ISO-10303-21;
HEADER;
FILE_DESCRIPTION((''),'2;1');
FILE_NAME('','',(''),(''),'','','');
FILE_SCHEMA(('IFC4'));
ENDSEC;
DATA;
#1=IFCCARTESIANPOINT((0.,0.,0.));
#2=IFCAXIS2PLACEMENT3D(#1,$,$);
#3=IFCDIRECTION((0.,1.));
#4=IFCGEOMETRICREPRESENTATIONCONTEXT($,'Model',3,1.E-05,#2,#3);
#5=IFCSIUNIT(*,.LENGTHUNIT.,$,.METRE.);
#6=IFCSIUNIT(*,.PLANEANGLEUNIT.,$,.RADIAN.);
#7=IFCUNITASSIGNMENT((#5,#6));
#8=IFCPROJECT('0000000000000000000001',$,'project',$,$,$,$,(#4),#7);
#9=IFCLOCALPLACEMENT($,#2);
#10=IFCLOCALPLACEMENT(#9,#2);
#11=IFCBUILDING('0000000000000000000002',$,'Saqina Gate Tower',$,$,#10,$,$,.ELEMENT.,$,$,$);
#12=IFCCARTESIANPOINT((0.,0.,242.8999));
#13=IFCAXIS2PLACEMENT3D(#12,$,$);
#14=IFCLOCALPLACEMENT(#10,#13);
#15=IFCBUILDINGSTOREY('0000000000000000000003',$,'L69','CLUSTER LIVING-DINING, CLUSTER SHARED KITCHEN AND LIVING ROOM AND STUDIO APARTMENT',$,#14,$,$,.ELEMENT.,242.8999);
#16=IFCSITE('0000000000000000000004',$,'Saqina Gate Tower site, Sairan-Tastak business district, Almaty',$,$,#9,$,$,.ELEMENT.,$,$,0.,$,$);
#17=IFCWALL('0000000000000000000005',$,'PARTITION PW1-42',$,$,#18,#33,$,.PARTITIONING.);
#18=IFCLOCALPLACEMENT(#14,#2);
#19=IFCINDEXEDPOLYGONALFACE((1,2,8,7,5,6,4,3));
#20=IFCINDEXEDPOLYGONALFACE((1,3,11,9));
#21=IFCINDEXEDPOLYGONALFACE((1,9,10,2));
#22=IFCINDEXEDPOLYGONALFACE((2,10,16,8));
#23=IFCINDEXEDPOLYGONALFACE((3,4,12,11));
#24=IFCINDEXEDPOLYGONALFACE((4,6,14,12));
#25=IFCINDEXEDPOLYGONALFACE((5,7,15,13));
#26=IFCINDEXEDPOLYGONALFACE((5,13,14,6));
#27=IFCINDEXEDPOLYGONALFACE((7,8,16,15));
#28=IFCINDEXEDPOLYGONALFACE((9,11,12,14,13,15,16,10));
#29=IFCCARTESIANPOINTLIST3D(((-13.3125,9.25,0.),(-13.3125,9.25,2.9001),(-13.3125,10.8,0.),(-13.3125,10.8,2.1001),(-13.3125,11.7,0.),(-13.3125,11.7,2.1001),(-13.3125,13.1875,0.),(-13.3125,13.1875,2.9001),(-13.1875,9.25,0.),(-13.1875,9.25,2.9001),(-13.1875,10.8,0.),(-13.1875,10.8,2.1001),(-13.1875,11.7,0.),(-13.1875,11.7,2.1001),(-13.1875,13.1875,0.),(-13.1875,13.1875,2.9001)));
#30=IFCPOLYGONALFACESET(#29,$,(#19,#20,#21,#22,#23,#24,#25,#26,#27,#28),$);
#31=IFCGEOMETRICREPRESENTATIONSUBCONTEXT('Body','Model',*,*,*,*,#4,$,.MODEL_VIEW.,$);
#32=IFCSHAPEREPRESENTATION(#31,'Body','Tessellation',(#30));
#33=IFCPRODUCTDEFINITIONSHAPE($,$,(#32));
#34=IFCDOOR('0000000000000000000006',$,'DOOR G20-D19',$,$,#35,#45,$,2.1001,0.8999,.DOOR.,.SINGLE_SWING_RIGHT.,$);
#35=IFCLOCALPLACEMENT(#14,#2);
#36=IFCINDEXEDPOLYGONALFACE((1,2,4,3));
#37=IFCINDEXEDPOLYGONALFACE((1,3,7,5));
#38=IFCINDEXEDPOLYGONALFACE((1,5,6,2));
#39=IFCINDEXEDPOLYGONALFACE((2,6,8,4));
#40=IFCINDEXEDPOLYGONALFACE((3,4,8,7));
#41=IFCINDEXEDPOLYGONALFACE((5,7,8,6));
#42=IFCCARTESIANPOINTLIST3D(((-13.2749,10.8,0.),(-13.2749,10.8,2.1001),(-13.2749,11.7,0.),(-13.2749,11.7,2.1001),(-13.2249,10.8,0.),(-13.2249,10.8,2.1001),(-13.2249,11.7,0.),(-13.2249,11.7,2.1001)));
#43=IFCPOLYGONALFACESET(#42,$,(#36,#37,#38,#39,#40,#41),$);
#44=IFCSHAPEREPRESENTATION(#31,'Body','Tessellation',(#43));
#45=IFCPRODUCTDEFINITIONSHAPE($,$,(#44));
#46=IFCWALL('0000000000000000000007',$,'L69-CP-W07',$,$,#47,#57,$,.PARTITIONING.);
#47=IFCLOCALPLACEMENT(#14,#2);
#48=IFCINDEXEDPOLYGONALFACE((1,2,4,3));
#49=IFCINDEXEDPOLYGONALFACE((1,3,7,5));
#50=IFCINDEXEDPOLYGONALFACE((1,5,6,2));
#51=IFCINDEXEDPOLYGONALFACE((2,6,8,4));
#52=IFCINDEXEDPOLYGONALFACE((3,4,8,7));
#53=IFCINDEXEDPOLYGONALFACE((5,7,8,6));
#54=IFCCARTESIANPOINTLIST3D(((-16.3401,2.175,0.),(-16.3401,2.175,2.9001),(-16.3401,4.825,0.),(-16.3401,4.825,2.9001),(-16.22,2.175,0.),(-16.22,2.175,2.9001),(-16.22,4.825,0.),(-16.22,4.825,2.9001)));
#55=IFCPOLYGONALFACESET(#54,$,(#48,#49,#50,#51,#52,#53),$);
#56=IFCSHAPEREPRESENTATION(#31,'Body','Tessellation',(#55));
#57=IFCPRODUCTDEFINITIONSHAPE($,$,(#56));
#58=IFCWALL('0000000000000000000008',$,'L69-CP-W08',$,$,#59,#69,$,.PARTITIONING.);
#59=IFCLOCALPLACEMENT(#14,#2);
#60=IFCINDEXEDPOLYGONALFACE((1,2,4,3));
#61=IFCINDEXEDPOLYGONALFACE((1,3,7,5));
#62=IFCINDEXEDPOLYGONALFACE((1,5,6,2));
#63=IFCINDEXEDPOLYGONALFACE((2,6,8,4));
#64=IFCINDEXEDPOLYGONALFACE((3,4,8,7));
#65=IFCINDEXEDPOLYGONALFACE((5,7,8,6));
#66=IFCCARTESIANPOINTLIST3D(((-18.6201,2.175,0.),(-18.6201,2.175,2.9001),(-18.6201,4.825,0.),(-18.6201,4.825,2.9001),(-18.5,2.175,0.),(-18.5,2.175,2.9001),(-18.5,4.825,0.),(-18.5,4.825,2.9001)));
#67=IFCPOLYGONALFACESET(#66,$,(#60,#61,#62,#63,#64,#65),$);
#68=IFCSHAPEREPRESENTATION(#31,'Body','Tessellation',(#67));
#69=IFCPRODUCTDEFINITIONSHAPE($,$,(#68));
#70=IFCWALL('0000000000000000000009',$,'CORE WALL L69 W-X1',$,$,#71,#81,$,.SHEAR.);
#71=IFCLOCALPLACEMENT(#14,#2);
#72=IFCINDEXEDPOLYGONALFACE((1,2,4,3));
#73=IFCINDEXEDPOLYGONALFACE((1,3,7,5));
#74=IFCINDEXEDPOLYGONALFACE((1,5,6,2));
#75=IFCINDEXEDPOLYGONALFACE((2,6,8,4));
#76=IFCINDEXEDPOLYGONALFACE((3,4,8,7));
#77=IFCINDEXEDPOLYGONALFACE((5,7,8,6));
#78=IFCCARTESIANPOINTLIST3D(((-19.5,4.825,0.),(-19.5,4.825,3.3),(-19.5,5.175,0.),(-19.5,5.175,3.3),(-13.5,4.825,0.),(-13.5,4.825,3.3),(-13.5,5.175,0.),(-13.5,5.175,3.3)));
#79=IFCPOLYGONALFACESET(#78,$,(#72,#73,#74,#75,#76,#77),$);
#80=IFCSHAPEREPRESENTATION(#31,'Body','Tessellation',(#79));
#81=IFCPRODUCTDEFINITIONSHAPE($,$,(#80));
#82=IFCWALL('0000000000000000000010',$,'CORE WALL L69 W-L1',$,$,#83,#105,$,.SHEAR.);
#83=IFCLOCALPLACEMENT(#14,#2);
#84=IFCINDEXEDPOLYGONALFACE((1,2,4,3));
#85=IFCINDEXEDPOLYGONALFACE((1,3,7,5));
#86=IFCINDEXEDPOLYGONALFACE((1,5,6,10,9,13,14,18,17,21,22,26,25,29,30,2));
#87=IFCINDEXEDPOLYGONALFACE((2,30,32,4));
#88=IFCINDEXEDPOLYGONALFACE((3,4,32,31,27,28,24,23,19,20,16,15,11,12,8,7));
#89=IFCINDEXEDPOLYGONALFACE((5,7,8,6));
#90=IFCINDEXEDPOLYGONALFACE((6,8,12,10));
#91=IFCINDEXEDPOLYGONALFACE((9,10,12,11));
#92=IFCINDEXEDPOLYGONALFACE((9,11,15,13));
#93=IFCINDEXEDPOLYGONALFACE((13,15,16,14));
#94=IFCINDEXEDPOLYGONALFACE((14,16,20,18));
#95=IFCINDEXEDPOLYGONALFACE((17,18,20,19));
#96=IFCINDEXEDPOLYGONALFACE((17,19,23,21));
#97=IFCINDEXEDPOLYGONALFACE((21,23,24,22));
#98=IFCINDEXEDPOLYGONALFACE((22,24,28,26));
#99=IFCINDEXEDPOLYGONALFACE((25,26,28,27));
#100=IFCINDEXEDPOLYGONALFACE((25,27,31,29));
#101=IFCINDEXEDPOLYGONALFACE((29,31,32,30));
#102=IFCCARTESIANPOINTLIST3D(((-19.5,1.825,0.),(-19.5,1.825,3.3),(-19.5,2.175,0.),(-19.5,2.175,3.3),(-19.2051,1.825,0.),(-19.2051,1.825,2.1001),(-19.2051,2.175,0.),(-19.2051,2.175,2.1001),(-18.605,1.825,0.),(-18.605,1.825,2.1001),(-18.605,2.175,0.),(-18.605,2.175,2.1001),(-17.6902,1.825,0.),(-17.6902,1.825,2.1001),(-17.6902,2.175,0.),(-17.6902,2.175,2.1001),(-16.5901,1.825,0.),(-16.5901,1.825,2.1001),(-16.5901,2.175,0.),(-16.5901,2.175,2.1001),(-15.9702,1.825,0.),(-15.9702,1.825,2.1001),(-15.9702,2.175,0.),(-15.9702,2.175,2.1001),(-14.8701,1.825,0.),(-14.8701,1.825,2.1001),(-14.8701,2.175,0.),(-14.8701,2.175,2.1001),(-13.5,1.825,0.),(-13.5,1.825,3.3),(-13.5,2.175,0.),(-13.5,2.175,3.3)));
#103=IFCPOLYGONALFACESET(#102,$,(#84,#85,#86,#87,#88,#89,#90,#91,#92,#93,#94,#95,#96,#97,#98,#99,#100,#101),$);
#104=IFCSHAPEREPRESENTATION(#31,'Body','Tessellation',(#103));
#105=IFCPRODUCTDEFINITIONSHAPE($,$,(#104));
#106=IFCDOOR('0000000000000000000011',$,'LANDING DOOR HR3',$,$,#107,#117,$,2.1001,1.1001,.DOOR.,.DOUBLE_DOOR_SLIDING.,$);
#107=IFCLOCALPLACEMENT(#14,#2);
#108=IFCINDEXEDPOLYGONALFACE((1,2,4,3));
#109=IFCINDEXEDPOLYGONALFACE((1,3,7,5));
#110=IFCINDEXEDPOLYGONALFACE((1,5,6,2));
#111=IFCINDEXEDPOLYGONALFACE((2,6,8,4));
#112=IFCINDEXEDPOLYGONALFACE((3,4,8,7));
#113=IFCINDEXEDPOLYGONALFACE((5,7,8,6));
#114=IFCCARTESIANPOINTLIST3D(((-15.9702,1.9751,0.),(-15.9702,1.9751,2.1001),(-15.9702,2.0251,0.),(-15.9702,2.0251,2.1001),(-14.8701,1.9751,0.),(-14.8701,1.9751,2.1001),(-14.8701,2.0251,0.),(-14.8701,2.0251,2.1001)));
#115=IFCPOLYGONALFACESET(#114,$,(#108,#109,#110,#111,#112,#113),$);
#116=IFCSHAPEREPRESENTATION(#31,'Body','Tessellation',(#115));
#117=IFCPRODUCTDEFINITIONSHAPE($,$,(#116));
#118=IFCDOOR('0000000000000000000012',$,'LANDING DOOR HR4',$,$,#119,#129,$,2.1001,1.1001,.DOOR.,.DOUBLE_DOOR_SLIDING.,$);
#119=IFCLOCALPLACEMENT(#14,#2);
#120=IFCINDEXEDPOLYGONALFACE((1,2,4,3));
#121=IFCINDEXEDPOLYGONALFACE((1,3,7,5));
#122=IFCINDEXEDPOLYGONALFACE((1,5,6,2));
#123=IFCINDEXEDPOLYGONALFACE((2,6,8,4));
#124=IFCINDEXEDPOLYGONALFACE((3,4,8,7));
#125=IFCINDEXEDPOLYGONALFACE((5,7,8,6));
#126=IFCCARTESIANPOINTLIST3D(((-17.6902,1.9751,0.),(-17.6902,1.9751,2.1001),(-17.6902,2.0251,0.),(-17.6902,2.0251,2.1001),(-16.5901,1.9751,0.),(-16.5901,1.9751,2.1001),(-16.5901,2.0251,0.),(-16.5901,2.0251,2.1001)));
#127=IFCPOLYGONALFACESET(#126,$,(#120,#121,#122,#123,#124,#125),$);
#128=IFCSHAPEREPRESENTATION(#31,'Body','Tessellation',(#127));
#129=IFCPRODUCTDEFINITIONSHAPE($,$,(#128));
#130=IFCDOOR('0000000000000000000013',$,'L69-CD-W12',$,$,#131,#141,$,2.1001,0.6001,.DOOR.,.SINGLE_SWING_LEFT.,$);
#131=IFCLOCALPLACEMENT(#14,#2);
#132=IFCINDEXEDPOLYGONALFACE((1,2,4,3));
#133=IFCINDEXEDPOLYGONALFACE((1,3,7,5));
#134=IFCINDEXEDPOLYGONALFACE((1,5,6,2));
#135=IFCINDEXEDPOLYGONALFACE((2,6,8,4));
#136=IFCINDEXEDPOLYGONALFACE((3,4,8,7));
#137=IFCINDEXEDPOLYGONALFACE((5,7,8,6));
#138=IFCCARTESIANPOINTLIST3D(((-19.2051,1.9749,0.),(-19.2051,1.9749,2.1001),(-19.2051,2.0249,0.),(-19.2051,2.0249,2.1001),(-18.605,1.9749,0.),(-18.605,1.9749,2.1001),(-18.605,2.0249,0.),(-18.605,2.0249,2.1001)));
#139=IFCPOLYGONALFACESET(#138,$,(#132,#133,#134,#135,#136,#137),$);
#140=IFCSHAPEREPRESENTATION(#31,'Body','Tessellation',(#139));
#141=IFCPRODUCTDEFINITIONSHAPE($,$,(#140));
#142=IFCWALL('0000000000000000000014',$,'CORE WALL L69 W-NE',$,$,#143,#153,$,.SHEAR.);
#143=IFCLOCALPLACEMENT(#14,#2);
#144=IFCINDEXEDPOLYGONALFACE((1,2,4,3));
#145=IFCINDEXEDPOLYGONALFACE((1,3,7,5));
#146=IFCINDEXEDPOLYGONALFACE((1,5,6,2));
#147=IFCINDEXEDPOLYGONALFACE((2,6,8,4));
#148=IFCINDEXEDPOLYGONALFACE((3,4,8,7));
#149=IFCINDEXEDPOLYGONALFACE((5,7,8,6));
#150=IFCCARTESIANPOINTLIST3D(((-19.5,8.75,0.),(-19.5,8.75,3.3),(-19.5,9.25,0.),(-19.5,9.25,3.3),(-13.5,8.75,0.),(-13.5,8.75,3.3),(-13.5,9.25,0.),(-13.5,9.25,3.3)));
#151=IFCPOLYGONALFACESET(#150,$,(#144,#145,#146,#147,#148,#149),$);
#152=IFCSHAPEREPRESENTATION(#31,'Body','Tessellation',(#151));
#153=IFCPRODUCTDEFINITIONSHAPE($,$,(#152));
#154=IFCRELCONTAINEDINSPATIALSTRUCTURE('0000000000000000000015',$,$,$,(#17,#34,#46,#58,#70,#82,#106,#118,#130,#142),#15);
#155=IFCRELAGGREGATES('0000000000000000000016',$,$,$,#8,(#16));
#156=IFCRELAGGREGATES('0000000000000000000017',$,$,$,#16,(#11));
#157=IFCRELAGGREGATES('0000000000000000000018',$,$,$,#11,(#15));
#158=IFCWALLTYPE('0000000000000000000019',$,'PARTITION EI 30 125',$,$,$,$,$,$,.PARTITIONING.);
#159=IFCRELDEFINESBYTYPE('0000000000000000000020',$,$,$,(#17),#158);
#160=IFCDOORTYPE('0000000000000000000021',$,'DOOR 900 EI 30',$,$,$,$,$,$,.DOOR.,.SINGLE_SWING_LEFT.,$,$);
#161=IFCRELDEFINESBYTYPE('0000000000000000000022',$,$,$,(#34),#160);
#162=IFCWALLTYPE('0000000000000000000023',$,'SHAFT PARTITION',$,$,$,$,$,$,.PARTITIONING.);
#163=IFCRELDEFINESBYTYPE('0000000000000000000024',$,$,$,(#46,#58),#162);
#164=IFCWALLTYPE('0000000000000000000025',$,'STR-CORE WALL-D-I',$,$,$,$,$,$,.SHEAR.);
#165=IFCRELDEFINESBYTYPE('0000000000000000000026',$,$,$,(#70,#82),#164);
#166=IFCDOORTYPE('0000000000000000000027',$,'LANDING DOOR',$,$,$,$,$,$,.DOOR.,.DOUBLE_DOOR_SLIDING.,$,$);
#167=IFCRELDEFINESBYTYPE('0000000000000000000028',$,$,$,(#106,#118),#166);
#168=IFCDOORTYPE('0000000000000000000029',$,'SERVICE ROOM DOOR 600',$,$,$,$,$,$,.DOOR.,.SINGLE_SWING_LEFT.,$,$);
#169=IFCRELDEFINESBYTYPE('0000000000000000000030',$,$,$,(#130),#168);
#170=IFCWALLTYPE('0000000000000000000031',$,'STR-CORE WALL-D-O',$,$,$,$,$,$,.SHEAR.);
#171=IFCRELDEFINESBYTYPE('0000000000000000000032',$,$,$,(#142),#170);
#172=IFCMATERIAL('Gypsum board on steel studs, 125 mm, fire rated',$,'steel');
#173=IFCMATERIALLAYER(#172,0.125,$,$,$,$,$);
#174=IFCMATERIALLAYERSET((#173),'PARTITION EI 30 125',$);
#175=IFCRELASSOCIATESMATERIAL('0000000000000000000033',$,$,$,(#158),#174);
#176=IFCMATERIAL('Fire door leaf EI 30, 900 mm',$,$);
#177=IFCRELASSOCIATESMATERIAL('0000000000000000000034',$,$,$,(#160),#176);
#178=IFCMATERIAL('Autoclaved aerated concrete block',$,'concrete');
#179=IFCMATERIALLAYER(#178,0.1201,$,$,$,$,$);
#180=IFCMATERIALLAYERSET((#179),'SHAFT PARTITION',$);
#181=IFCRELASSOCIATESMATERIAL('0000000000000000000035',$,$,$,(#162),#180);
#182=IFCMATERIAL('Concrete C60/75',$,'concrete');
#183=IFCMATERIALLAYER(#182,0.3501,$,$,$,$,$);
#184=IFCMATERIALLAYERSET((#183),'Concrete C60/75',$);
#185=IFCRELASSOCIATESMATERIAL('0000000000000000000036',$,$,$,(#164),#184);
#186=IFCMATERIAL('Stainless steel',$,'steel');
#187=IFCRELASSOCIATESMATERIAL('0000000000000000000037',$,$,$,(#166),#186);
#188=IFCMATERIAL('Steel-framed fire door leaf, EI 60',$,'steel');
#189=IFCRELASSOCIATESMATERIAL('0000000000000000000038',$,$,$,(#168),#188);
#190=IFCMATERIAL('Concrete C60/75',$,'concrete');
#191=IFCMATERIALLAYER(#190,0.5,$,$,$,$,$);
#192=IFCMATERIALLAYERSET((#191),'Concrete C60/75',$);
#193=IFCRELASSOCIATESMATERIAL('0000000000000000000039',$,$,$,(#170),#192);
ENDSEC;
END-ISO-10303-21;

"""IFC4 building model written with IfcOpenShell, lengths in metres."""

from ifc_helpers import new_model, si_unit, direction, frame, frame_2d, origin, place, context, subcontext, project, spatial, rectangle, extrude, material, layer, layer_set, type_object, element, fill, save


model = new_model("IFC4")

# Units and contexts
model_context = context("Model", 3, precision=1e-05, world=origin(), true_north=direction((0.0, 1.0)))
body_context = subcontext(model_context, "Body", "Model", "MODEL_VIEW")
ifc_project = project(units=[si_unit("LENGTHUNIT", "METRE"), si_unit("PLANEANGLEUNIT", "RADIAN")], contexts=[model_context])

# Site, building, storey
site_placement = place(None, origin())
site = spatial("IfcSite", under=ifc_project, at=site_placement, Name="Saqina Gate Tower site, Sairan-Tastak business district, Almaty", CompositionType="ELEMENT", RefElevation=0.0)
building_placement = place(site_placement, origin())
building = spatial("IfcBuilding", under=site, at=building_placement, Name="Saqina Gate Tower", CompositionType="ELEMENT")
storey_placement = place(building_placement, frame((0.0, 0.0, 242.8999)))
storey = spatial("IfcBuildingStorey", under=building, at=storey_placement, Name="L69", Description="CLUSTER LIVING-DINING, CLUSTER SHARED KITCHEN AND LIVING ROOM AND STUDIO APARTMENT", CompositionType="ELEMENT", Elevation=242.8999)

# Wall, opening, door
ifc_material_1 = material(Name="Gypsum board on steel studs, 125 mm, fire rated", Category="steel")
ifc_layer_1 = layer(ifc_material_1, 0.125)
ifc_layer_set_1 = layer_set([ifc_layer_1], Name="PARTITION EI 30 125")
wall_type_1 = type_object("IfcWallType", Name="PARTITION EI 30 125", PredefinedType="PARTITIONING", material=ifc_layer_set_1)
wall_1_placement = place(storey_placement, frame((-13.25, 9.25, 0.0), z_axis=(0.0, 0.0, 1.0), x_axis=(0.0, 1.0, 0.0)))
wall_1 = element("IfcWall", 1, at=wall_1_placement, inside=storey, type_object=wall_type_1, Name="PARTITION PW1-42", PredefinedType="PARTITIONING", context=body_context, shape_type="SweptSolid", body=[
    extrude(rectangle(XDim=3.9375, YDim=0.125, at=frame_2d((1.9688, 0.0))), origin(), (0.0, 0.0, 1.0), 2.9001),
])
opening_1_placement = place(wall_1_placement, frame((1.55, 0.0, 0.0)))
opening_1 = element("IfcOpeningElement", 2, at=opening_1_placement, cuts=wall_1, PredefinedType="OPENING", context=body_context, shape_type="SweptSolid", body=[
    extrude(rectangle(XDim=0.8999, YDim=2.1001, at=frame_2d((0.45, 1.05))), frame((0.0, 0.0745, 0.0), z_axis=(0.0, -1.0, 0.0), x_axis=(1.0, 0.0, 0.0)), (0.0, 0.0, 1.0), 0.1489),
])
ifc_material_2 = material(Name="Fire door leaf EI 30, 900 mm")
door_type_1 = type_object("IfcDoorType", Name="DOOR 900 EI 30", OperationType="SINGLE_SWING_LEFT", PredefinedType="DOOR", material=ifc_material_2)
door_1_placement = place(opening_1_placement, origin())
door_1 = element("IfcDoor", 3, at=door_1_placement, inside=storey, type_object=door_type_1, Name="DOOR G20-D19", OperationType="SINGLE_SWING_RIGHT", OverallHeight=2.1001, OverallWidth=0.8999, PredefinedType="DOOR", context=body_context, shape_type="SweptSolid", body=[
    extrude(rectangle(XDim=0.8999, YDim=2.1001, at=frame_2d((0.45, 1.05))), frame((0.0, 0.0249, 0.0), z_axis=(0.0, -1.0, 0.0), x_axis=(1.0, 0.0, 0.0)), (0.0, 0.0, 1.0), 0.05),
])
fill(opening_1, door_1)

# Walls
ifc_material_3 = material(Name="Autoclaved aerated concrete block", Category="concrete")
ifc_layer_2 = layer(ifc_material_3, 0.1201)
ifc_layer_set_2 = layer_set([ifc_layer_2], Name="SHAFT PARTITION")
wall_type_2 = type_object("IfcWallType", Name="SHAFT PARTITION", PredefinedType="PARTITIONING", material=ifc_layer_set_2)
for number, where, z_axis, x_axis, name in (
    (4, (-16.28, 2.175, 0.0), (0.0, 0.0, 1.0), (0.0, 1.0, 0.0), "L69-CP-W07"),
    (5, (-18.5601, 2.175, 0.0), (0.0, 0.0, 1.0), (0.0, 1.0, 0.0), "L69-CP-W08"),
):
    element("IfcWall", number, at=place(storey_placement, frame(where, z_axis=z_axis, x_axis=x_axis)), inside=storey, type_object=wall_type_2, Name=name, PredefinedType="PARTITIONING", context=body_context, shape_type="SweptSolid", body=[
        extrude(rectangle(XDim=2.6499, YDim=0.1201, at=frame_2d((1.325, 0.0))), origin(), (0.0, 0.0, 1.0), 2.9001),
    ])
ifc_material_4 = material(Name="Concrete C60/75", Category="concrete")
ifc_layer_3 = layer(ifc_material_4, 0.3501)
ifc_layer_set_3 = layer_set([ifc_layer_3], Name="Concrete C60/75")
wall_type_3 = type_object("IfcWallType", Name="STR-CORE WALL-D-I", PredefinedType="SHEAR", material=ifc_layer_set_3)
wall_2_placement = place(storey_placement, frame((-13.5, 5.0, 0.0), z_axis=(0.0, 0.0, 1.0), x_axis=(-1.0, 0.0, 0.0)))
element("IfcWall", 6, at=wall_2_placement, inside=storey, type_object=wall_type_3, Name="CORE WALL L69 W-X1", PredefinedType="SHEAR", context=body_context, shape_type="SweptSolid", body=[
    extrude(rectangle(XDim=6.0, YDim=0.3501, at=frame_2d((3.0, 0.0))), origin(), (0.0, 0.0, 1.0), 3.3),
])

# Wall, openings, doors
wall_3_placement = place(storey_placement, frame((-13.5, 2.0, 0.0), z_axis=(0.0, 0.0, 1.0), x_axis=(-1.0, 0.0, 0.0)))
wall_3 = element("IfcWall", 7, at=wall_3_placement, inside=storey, type_object=wall_type_3, Name="CORE WALL L69 W-L1", PredefinedType="SHEAR", context=body_context, shape_type="SweptSolid", body=[
    extrude(rectangle(XDim=6.0, YDim=0.3501, at=frame_2d((3.0, 0.0))), origin(), (0.0, 0.0, 1.0), 3.3),
])
opening_2_placement = place(wall_3_placement, frame((1.3701, 0.0, 0.0)))
opening_2 = element("IfcOpeningElement", 8, at=opening_2_placement, cuts=wall_3, PredefinedType="OPENING", context=body_context, shape_type="SweptSolid", body=[
    extrude(rectangle(XDim=1.1001, YDim=2.1001, at=frame_2d((0.55, 1.05))), frame((0.0, 0.187, 0.0), z_axis=(0.0, -1.0, 0.0), x_axis=(1.0, 0.0, 0.0)), (0.0, 0.0, 1.0), 0.374),
])
opening_3_placement = place(wall_3_placement, frame((3.0901, 0.0, 0.0)))
opening_3 = element("IfcOpeningElement", 9, at=opening_3_placement, cuts=wall_3, PredefinedType="OPENING", context=body_context, shape_type="SweptSolid", body=[
    extrude(rectangle(XDim=1.1001, YDim=2.1001, at=frame_2d((0.55, 1.05))), frame((0.0, 0.187, 0.0), z_axis=(0.0, -1.0, 0.0), x_axis=(1.0, 0.0, 0.0)), (0.0, 0.0, 1.0), 0.374),
])
opening_4_placement = place(wall_3_placement, frame((5.105, 0.0, 0.0)))
opening_4 = element("IfcOpeningElement", 10, at=opening_4_placement, cuts=wall_3, PredefinedType="OPENING", context=body_context, shape_type="SweptSolid", body=[
    extrude(rectangle(XDim=0.6001, YDim=2.1001, at=frame_2d((0.3, 1.05))), frame((0.0, 0.187, 0.0), z_axis=(0.0, -1.0, 0.0), x_axis=(1.0, 0.0, 0.0)), (0.0, 0.0, 1.0), 0.374),
])
ifc_material_5 = material(Name="Stainless steel", Category="steel")
door_type_2 = type_object("IfcDoorType", Name="LANDING DOOR", OperationType="DOUBLE_DOOR_SLIDING", PredefinedType="DOOR", material=ifc_material_5)
door_2_placement = place(opening_2_placement, origin())
door_2 = element("IfcDoor", 11, at=door_2_placement, inside=storey, type_object=door_type_2, Name="LANDING DOOR HR3", OperationType="DOUBLE_DOOR_SLIDING", OverallHeight=2.1001, OverallWidth=1.1001, PredefinedType="DOOR", context=body_context, shape_type="SweptSolid", body=[
    extrude(rectangle(XDim=1.1001, YDim=2.1001, at=frame_2d((0.55, 1.05))), frame((0.0, 0.0249, 0.0), z_axis=(0.0, -1.0, 0.0), x_axis=(1.0, 0.0, 0.0)), (0.0, 0.0, 1.0), 0.05),
])
fill(opening_2, door_2)
door_3_placement = place(opening_3_placement, origin())
door_3 = element("IfcDoor", 12, at=door_3_placement, inside=storey, type_object=door_type_2, Name="LANDING DOOR HR4", OperationType="DOUBLE_DOOR_SLIDING", OverallHeight=2.1001, OverallWidth=1.1001, PredefinedType="DOOR", context=body_context, shape_type="SweptSolid", body=[
    extrude(rectangle(XDim=1.1001, YDim=2.1001, at=frame_2d((0.55, 1.05))), frame((0.0, 0.0249, 0.0), z_axis=(0.0, -1.0, 0.0), x_axis=(1.0, 0.0, 0.0)), (0.0, 0.0, 1.0), 0.05),
])
fill(opening_3, door_3)
ifc_material_6 = material(Name="Steel-framed fire door leaf, EI 60", Category="steel")
door_type_3 = type_object("IfcDoorType", Name="SERVICE ROOM DOOR 600", OperationType="SINGLE_SWING_LEFT", PredefinedType="DOOR", material=ifc_material_6)
door_4_placement = place(opening_4_placement, frame((0.6001, 0.0, 0.0), z_axis=(0.0, 0.0, 1.0), x_axis=(-1.0, 0.0, 0.0)))
door_4 = element("IfcDoor", 13, at=door_4_placement, inside=storey, type_object=door_type_3, Name="L69-CD-W12", OperationType="SINGLE_SWING_LEFT", OverallHeight=2.1001, OverallWidth=0.6001, PredefinedType="DOOR", context=body_context, shape_type="SweptSolid", body=[
    extrude(rectangle(XDim=0.6001, YDim=2.1001, at=frame_2d((0.3, 1.05))), frame((0.0, 0.0249, 0.0), z_axis=(0.0, -1.0, 0.0), x_axis=(1.0, 0.0, 0.0)), (0.0, 0.0, 1.0), 0.05),
])
fill(opening_4, door_4)

# Wall
ifc_material_7 = material(Name="Concrete C60/75", Category="concrete")
ifc_layer_4 = layer(ifc_material_7, 0.5)
ifc_layer_set_4 = layer_set([ifc_layer_4], Name="Concrete C60/75")
wall_type_4 = type_object("IfcWallType", Name="STR-CORE WALL-D-O", PredefinedType="SHEAR", material=ifc_layer_set_4)
wall_4_placement = place(storey_placement, frame((-13.5, 9.0, 0.0), z_axis=(0.0, 0.0, 1.0), x_axis=(-1.0, 0.0, 0.0)))
element("IfcWall", 14, at=wall_4_placement, inside=storey, type_object=wall_type_4, Name="CORE WALL L69 W-NE", PredefinedType="SHEAR", context=body_context, shape_type="SweptSolid", body=[
    extrude(rectangle(XDim=6.0, YDim=0.5, at=frame_2d((3.0, 0.0))), origin(), (0.0, 0.0, 1.0), 3.3),
])

save(model, "model.ifc")
